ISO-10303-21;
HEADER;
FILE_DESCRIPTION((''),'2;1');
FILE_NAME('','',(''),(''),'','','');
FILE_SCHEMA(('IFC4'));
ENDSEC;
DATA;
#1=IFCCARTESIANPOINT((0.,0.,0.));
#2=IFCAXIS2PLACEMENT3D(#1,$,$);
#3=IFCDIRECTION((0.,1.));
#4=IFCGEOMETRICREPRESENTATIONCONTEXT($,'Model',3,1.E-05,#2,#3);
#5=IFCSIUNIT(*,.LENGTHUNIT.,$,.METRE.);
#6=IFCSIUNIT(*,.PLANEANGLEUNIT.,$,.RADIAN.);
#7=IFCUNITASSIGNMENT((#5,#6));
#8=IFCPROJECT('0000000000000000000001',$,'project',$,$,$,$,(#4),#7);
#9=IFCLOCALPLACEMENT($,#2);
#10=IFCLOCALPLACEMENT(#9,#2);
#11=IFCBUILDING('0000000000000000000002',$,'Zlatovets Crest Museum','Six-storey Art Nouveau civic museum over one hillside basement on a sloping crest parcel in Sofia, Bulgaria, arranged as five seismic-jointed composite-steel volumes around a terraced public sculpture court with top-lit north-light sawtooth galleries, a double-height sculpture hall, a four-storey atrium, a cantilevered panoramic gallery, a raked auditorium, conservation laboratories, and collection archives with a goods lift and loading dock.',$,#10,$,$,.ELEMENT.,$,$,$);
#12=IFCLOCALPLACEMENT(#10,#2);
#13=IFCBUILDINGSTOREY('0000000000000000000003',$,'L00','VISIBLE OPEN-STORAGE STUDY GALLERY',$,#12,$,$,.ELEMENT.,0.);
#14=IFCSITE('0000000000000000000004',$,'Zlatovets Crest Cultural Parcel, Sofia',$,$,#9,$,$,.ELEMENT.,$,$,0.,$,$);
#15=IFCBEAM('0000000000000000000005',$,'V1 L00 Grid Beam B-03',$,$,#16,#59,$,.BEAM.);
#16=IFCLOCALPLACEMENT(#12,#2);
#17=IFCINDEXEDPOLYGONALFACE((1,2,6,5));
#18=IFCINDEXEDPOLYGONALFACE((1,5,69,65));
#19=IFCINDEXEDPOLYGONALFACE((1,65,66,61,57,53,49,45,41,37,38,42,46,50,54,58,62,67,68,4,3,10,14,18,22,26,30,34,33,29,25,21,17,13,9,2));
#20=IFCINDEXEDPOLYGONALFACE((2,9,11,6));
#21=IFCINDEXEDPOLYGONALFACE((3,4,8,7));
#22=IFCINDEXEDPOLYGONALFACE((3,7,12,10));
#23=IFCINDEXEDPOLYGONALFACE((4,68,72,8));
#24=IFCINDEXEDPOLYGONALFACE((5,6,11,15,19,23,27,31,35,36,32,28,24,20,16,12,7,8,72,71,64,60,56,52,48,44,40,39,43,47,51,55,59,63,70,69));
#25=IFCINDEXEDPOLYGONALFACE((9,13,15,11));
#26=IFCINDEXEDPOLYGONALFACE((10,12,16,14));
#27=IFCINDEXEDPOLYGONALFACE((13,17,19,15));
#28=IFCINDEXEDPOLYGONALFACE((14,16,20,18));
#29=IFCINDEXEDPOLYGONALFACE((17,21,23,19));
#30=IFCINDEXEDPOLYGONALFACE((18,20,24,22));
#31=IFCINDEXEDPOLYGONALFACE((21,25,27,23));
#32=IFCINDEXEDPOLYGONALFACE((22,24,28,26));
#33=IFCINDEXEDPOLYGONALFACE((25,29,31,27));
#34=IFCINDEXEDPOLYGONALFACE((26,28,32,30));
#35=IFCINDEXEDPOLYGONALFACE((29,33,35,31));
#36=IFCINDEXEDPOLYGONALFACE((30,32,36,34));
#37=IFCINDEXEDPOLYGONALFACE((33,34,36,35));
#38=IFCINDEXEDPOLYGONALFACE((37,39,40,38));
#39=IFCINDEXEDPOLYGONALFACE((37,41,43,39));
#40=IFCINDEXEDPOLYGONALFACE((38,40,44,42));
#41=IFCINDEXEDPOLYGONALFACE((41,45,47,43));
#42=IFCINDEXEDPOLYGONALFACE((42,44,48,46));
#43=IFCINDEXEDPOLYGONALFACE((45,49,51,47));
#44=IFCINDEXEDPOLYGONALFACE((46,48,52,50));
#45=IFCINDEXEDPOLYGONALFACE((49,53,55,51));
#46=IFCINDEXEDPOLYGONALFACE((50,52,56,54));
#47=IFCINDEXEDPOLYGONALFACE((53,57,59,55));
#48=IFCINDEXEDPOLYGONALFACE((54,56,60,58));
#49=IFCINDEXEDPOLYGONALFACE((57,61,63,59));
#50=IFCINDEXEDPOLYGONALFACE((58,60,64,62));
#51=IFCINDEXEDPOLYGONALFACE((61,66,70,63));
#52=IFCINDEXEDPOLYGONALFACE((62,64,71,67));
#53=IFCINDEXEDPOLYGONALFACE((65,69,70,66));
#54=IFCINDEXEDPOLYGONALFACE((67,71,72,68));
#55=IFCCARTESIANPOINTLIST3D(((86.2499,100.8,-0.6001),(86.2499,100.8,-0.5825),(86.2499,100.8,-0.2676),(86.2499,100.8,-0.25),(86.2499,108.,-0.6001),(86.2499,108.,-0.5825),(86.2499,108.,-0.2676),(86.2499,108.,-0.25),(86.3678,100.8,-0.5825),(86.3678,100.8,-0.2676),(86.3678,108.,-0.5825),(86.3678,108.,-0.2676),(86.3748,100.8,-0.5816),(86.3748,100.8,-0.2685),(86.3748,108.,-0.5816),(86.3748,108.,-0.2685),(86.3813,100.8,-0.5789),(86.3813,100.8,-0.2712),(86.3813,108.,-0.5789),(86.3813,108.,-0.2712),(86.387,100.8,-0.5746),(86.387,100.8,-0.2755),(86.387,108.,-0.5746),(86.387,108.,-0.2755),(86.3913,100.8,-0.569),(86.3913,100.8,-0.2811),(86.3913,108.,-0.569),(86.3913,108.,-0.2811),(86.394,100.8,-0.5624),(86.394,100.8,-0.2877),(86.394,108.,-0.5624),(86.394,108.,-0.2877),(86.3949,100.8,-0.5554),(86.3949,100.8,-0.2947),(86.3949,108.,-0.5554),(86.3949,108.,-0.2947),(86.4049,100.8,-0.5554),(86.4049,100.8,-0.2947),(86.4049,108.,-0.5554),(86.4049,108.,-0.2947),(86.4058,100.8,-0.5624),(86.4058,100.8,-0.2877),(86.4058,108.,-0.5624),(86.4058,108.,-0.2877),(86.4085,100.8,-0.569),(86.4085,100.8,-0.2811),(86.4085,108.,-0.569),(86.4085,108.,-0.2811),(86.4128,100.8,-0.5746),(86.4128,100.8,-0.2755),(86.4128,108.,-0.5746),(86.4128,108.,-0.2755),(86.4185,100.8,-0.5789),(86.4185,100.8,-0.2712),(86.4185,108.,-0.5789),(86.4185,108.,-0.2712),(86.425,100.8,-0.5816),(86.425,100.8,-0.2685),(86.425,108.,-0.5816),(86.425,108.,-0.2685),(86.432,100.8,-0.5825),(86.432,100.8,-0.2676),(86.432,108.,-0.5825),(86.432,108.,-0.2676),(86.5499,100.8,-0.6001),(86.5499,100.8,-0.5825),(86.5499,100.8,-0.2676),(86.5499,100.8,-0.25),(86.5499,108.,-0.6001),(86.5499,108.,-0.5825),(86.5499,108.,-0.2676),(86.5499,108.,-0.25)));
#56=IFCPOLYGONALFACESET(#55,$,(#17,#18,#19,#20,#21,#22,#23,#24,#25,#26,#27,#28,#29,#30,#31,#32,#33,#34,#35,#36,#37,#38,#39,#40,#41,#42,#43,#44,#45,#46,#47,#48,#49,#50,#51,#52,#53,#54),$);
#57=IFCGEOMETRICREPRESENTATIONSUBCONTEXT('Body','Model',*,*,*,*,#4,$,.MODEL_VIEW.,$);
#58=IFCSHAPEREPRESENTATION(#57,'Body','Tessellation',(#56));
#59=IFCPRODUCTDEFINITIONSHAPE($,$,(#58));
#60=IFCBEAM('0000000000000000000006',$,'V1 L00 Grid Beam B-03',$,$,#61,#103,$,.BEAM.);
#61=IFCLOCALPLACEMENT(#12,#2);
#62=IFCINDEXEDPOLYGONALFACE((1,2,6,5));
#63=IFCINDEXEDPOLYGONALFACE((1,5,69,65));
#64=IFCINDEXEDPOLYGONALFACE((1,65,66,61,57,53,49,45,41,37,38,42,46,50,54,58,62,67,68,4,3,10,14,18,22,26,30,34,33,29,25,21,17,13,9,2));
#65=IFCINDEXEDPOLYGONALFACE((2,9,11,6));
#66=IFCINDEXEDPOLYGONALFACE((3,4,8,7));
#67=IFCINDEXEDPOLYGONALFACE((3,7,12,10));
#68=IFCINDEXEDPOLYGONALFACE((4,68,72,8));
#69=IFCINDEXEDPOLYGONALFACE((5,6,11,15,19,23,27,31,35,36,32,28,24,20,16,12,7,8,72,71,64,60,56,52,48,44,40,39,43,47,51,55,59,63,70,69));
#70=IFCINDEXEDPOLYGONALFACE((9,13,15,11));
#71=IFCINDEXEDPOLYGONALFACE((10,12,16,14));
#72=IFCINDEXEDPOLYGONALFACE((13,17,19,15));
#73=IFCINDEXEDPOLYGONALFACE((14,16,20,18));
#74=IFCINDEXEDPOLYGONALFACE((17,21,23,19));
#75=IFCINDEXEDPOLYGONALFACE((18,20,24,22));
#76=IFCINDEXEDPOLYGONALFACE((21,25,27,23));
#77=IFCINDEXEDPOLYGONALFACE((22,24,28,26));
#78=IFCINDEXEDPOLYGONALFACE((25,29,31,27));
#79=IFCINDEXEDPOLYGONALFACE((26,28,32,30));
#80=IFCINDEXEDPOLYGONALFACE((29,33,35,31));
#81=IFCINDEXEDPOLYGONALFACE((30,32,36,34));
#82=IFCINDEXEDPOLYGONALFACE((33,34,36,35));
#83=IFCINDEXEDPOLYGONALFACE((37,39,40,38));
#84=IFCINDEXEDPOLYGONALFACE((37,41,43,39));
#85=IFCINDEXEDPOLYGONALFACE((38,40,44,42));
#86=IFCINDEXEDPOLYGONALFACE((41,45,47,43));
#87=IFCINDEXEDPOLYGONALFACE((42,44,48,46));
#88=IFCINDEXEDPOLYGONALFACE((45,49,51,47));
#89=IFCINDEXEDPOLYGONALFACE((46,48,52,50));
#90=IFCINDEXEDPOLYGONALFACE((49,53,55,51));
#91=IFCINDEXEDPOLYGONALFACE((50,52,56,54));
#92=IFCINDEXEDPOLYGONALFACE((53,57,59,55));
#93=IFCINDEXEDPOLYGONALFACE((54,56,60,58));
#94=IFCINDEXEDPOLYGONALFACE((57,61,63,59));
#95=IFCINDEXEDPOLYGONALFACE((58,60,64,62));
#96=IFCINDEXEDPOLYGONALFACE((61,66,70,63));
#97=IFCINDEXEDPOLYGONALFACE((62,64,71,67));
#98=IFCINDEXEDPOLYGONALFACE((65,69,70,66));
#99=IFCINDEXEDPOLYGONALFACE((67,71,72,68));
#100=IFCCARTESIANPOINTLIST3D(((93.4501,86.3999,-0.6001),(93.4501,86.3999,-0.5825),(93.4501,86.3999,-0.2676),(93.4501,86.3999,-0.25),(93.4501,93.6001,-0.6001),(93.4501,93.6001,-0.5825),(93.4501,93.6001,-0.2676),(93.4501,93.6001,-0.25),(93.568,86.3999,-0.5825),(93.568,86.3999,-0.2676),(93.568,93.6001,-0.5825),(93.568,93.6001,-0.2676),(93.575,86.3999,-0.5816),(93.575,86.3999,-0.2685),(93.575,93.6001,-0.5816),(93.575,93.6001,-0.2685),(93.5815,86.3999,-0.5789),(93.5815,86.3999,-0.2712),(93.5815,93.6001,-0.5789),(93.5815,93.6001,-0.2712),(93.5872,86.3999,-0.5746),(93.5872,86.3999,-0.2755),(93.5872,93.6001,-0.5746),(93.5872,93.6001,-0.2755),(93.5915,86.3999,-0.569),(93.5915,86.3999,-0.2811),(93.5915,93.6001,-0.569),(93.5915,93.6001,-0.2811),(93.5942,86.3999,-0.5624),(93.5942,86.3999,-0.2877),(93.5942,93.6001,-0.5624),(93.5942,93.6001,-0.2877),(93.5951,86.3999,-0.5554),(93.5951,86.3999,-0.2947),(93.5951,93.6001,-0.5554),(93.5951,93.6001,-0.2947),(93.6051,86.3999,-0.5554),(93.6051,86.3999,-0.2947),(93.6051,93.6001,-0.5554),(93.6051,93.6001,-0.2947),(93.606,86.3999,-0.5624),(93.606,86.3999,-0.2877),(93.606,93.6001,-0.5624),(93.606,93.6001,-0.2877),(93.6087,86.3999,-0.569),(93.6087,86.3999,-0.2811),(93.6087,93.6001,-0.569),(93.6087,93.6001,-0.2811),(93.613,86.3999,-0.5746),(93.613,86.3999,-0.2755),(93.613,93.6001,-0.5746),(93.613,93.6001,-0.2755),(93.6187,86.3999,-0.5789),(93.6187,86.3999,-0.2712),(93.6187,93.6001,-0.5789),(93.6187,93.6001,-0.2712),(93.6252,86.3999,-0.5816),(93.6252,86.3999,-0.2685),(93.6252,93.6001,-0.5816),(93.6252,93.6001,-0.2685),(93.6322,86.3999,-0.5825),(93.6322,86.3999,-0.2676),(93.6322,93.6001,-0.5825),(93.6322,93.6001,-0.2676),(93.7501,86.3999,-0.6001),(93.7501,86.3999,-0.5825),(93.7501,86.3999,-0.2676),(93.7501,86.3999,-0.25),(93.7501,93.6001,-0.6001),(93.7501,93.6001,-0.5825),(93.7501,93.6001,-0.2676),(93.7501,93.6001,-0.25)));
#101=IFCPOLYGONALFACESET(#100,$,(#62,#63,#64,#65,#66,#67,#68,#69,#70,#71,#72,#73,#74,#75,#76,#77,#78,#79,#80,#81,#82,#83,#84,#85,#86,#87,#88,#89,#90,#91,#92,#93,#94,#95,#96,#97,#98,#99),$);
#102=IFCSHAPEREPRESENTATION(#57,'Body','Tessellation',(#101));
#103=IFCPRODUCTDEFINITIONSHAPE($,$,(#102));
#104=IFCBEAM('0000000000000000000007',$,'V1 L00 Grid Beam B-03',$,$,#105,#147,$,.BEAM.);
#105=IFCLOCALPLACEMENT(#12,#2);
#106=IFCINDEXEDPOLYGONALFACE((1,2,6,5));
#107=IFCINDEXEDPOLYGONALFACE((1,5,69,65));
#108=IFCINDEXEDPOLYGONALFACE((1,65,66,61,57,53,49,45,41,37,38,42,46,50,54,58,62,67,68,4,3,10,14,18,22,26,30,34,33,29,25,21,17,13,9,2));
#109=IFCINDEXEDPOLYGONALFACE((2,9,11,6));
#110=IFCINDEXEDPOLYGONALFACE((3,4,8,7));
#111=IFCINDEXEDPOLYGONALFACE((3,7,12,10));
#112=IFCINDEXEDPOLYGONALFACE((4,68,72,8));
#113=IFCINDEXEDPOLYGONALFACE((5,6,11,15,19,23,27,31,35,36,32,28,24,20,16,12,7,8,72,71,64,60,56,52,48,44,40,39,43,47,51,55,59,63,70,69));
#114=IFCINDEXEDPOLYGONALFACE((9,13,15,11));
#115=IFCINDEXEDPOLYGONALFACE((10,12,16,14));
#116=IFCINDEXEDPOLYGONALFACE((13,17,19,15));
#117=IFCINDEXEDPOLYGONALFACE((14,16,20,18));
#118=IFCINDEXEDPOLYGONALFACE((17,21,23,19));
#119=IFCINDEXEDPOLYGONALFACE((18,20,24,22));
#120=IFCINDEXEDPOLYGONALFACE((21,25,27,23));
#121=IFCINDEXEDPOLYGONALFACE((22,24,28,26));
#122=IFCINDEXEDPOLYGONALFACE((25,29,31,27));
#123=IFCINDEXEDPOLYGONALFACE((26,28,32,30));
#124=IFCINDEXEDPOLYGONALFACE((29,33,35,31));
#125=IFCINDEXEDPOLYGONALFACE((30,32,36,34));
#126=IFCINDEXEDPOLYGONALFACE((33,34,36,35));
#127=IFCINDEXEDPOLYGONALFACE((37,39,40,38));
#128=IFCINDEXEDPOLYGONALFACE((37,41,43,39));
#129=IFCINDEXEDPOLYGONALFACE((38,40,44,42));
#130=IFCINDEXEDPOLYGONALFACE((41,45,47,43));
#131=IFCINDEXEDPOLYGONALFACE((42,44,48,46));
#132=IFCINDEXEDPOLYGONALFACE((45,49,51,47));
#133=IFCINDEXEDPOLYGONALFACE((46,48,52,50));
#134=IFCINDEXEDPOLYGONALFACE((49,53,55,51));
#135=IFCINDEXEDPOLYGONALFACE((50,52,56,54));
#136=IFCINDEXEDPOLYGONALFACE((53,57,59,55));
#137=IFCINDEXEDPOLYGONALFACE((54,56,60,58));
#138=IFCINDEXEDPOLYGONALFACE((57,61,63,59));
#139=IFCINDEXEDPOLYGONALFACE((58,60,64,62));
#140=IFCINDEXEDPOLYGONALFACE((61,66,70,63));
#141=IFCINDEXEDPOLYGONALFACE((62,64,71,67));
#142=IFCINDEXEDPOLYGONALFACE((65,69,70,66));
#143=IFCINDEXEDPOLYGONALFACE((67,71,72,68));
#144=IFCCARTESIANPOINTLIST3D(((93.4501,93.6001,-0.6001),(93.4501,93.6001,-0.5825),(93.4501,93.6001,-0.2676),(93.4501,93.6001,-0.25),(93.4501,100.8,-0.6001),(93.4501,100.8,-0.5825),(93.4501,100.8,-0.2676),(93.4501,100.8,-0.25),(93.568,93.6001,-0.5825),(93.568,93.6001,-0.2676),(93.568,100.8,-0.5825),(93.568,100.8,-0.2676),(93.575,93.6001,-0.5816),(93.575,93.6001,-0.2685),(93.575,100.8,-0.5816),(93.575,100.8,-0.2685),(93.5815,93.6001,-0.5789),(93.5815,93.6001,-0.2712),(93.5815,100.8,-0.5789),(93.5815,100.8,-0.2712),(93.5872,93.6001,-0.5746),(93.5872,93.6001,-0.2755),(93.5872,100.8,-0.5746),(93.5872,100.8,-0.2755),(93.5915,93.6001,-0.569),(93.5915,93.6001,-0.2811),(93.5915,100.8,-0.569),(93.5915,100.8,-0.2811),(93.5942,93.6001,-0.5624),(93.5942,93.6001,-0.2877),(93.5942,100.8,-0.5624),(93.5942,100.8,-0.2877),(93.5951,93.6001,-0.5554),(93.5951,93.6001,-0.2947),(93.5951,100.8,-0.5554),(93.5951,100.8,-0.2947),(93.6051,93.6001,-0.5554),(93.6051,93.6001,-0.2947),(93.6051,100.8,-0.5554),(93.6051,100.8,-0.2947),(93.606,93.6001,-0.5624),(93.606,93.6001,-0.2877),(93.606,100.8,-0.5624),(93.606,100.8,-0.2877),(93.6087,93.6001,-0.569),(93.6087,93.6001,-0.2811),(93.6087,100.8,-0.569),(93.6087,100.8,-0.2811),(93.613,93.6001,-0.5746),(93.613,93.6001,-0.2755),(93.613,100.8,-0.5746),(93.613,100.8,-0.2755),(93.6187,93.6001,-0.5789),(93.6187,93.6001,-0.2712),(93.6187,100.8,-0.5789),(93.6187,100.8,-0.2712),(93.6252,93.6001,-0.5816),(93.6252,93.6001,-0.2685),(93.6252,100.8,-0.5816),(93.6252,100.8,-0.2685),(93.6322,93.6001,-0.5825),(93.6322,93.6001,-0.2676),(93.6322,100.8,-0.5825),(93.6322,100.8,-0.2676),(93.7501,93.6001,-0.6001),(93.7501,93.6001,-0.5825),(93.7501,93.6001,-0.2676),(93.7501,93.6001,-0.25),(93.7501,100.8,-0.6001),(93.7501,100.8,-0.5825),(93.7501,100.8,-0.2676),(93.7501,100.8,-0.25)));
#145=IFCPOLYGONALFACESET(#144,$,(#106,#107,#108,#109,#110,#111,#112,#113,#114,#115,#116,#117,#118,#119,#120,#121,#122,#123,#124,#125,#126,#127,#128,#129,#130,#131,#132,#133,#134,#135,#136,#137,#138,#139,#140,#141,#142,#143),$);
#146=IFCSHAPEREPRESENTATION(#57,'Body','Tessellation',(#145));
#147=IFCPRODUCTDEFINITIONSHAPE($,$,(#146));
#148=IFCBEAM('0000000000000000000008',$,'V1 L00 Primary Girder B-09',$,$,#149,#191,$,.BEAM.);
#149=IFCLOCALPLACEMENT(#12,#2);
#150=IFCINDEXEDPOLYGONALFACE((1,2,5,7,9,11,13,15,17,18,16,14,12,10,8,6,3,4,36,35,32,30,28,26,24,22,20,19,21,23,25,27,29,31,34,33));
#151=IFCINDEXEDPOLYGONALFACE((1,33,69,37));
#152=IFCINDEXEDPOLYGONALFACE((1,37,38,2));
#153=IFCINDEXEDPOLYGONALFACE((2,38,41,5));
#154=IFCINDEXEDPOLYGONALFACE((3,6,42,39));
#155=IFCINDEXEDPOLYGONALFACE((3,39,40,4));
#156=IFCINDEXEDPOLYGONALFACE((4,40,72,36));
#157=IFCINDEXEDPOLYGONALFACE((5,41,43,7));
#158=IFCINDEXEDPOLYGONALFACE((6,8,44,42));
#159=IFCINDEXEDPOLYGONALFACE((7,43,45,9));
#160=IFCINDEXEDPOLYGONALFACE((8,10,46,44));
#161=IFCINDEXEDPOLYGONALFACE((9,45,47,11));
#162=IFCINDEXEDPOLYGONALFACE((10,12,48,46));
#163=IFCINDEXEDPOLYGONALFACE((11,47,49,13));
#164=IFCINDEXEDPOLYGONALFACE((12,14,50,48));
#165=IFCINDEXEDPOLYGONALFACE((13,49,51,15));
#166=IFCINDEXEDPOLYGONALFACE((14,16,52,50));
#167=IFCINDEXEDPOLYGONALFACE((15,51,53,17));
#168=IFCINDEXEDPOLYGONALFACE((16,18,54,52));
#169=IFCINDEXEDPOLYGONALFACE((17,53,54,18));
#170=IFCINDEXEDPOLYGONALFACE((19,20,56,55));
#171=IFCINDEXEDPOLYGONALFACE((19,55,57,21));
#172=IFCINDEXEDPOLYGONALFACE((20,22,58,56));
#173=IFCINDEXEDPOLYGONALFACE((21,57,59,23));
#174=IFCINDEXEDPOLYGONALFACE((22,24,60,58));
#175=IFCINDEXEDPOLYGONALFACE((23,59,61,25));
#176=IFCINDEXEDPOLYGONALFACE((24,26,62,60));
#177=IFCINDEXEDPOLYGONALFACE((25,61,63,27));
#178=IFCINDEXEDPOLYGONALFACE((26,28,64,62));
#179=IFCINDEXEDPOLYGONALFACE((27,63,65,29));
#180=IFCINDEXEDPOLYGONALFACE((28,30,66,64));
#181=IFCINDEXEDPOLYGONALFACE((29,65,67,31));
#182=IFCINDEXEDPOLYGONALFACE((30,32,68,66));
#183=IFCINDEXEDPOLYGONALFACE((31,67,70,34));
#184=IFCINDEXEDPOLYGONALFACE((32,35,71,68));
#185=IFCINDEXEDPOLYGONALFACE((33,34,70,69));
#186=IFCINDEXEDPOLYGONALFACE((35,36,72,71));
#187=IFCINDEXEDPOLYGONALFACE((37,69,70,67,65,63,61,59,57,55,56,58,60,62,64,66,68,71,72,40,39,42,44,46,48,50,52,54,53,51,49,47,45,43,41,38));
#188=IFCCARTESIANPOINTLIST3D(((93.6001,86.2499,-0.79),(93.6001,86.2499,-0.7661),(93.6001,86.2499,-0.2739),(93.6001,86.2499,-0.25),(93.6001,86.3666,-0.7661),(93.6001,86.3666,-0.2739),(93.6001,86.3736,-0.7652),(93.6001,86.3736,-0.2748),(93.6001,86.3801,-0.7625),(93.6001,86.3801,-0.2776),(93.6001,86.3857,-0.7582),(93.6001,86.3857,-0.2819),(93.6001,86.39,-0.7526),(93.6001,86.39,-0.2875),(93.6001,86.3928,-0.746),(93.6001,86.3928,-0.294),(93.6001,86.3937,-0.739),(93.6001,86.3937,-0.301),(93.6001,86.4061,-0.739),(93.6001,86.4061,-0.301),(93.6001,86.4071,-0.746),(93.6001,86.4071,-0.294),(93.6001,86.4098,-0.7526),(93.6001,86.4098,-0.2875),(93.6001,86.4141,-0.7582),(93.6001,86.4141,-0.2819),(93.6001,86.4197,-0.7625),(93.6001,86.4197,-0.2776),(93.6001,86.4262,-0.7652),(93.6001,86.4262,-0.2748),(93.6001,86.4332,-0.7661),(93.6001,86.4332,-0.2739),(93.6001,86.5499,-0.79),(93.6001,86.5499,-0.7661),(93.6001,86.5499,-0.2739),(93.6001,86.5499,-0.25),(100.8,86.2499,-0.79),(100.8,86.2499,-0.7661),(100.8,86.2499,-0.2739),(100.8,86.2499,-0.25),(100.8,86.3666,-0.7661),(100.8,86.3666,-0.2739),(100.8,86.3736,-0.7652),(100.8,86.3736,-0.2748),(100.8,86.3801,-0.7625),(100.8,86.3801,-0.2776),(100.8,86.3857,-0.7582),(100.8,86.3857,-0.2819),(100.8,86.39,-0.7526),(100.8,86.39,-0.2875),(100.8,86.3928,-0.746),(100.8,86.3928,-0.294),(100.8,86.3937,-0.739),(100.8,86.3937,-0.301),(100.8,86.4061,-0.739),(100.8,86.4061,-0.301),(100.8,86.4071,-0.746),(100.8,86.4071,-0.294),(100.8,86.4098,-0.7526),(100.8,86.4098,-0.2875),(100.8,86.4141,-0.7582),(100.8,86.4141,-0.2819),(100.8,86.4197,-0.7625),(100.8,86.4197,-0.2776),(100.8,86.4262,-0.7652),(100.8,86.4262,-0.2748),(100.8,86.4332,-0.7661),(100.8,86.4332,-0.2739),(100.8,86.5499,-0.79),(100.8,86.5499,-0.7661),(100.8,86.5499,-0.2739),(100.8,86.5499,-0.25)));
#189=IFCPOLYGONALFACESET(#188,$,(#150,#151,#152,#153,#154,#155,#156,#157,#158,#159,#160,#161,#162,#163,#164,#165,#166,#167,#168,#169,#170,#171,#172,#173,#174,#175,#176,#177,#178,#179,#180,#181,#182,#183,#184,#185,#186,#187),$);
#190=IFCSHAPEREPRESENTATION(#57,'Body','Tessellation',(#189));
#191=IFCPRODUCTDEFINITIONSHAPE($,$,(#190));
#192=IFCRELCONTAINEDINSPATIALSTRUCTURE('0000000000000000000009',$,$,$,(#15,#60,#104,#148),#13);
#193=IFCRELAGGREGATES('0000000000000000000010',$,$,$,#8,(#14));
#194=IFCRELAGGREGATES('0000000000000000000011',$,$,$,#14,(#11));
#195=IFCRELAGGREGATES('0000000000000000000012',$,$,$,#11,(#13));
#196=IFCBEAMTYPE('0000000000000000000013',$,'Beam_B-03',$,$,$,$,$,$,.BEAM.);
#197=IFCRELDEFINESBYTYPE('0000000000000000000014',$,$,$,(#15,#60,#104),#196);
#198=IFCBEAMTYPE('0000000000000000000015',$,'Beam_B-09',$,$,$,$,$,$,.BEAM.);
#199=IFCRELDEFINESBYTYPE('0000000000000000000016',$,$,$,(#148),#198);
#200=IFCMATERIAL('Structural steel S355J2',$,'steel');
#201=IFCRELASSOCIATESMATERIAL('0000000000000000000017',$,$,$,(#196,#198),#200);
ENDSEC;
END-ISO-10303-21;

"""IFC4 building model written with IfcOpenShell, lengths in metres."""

from ifc_helpers import new_model, si_unit, direction, frame, origin, origin_2d, place, context, subcontext, project, spatial, i_section, extrude, material, material_profile, profile_set, type_object, element, save


model = new_model("IFC4")

# Units and contexts
model_context = context("Model", 3, precision=1e-05, world=origin(), true_north=direction((0.0, 1.0)))
body_context = subcontext(model_context, "Body", "Model", "MODEL_VIEW")
ifc_project = project(units=[si_unit("LENGTHUNIT", "METRE"), si_unit("PLANEANGLEUNIT", "RADIAN")], contexts=[model_context])

# Site, building, storey
site_placement = place(None, origin())
site = spatial("IfcSite", under=ifc_project, at=site_placement, Name="Zlatovets Crest Cultural Parcel, Sofia", CompositionType="ELEMENT", RefElevation=0.0)
building_placement = place(site_placement, origin())
building = spatial("IfcBuilding", under=site, at=building_placement, Name="Zlatovets Crest Museum", Description="Six-storey Art Nouveau civic museum over one hillside basement on a sloping crest parcel in Sofia, Bulgaria, arranged as five seismic-jointed composite-steel volumes around a terraced public sculpture court with top-lit north-light sawtooth galleries, a double-height sculpture hall, a four-storey atrium, a cantilevered panoramic gallery, a raked auditorium, conservation laboratories, and collection archives with a goods lift and loading dock.", CompositionType="ELEMENT")
storey_placement = place(building_placement, origin())
storey = spatial("IfcBuildingStorey", under=building, at=storey_placement, Name="L00", Description="VISIBLE OPEN-STORAGE STUDY GALLERY", CompositionType="ELEMENT", Elevation=0.0)

# Shared definitions
ifc_material_1 = material(Name="Structural steel S355J2", Category="steel")

# Beams
ifc_material_profile_1 = material_profile(ifc_material_1, i_section(OverallWidth=0.3, OverallDepth=0.3501, WebThickness=0.01, FlangeThickness=0.0176, FilletRadius=0.0271, at=origin_2d()), Name="HEA 360")
ifc_profile_set_1 = profile_set([ifc_material_profile_1], Name="Structural steel S355J2")
beam_type_1 = type_object("IfcBeamType", Name="Beam_B-03", PredefinedType="BEAM", material=ifc_profile_set_1)
for number, where, z_axis, x_axis, name in (
    (1, (86.3999, 100.8, -0.425), (0.0, 1.0, 0.0), (-1.0, 0.0, 0.0), "V1 L00 Grid Beam B-03"),
):
    element("IfcBeam", number, at=place(storey_placement, frame(where, z_axis=z_axis, x_axis=x_axis)), inside=storey, type_object=beam_type_1, Name=name, PredefinedType="BEAM", context=body_context, shape_type="SweptSolid", body=[
        extrude(i_section(OverallWidth=0.3, OverallDepth=0.3501, WebThickness=0.01, FlangeThickness=0.0176, FilletRadius=0.0271, at=origin_2d()), origin(), (0.0, 0.0, 1.0), 7.2),
    ])
beam_1_placement = place(storey_placement, frame((93.6001, 86.3999, -0.425), z_axis=(0.0, 1.0, 0.0), x_axis=(-1.0, 0.0, 0.0)))
element("IfcBeam", 2, at=beam_1_placement, inside=storey, type_object=beam_type_1, Name="V1 L00 Grid Beam B-03", PredefinedType="BEAM", context=body_context, shape_type="SweptSolid", body=[
    extrude(i_section(OverallWidth=0.3, OverallDepth=0.3501, WebThickness=0.01, FlangeThickness=0.0176, FilletRadius=0.0271, at=origin_2d()), origin(), (0.0, 0.0, 1.0), 7.2002),
])
beam_2_placement = place(storey_placement, frame((93.6001, 93.6001, -0.425), z_axis=(0.0, 1.0, 0.0), x_axis=(-1.0, 0.0, 0.0)))
element("IfcBeam", 3, at=beam_2_placement, inside=storey, type_object=beam_type_1, Name="V1 L00 Grid Beam B-03", PredefinedType="BEAM", context=body_context, shape_type="SweptSolid", body=[
    extrude(i_section(OverallWidth=0.3, OverallDepth=0.3501, WebThickness=0.01, FlangeThickness=0.0176, FilletRadius=0.0271, at=origin_2d()), origin(), (0.0, 0.0, 1.0), 7.2),
])
ifc_material_profile_2 = material_profile(ifc_material_1, i_section(OverallWidth=0.3, OverallDepth=0.54, WebThickness=0.0125, FlangeThickness=0.0239, FilletRadius=0.0271, at=origin_2d()), Name="HEA 550")
ifc_profile_set_2 = profile_set([ifc_material_profile_2], Name="Structural steel S355J2")
beam_type_2 = type_object("IfcBeamType", Name="Beam_B-09", PredefinedType="BEAM", material=ifc_profile_set_2)
beam_3_placement = place(storey_placement, frame((93.6001, 86.3999, -0.52), z_axis=(1.0, 0.0, 0.0), x_axis=(0.0, 1.0, 0.0)))
element("IfcBeam", 4, at=beam_3_placement, inside=storey, type_object=beam_type_2, Name="V1 L00 Primary Girder B-09", PredefinedType="BEAM", context=body_context, shape_type="SweptSolid", body=[
    extrude(i_section(OverallWidth=0.3, OverallDepth=0.54, WebThickness=0.0125, FlangeThickness=0.0239, FilletRadius=0.0271, at=origin_2d()), origin(), (0.0, 0.0, 1.0), 7.2),
])

save(model, "model.ifc")
